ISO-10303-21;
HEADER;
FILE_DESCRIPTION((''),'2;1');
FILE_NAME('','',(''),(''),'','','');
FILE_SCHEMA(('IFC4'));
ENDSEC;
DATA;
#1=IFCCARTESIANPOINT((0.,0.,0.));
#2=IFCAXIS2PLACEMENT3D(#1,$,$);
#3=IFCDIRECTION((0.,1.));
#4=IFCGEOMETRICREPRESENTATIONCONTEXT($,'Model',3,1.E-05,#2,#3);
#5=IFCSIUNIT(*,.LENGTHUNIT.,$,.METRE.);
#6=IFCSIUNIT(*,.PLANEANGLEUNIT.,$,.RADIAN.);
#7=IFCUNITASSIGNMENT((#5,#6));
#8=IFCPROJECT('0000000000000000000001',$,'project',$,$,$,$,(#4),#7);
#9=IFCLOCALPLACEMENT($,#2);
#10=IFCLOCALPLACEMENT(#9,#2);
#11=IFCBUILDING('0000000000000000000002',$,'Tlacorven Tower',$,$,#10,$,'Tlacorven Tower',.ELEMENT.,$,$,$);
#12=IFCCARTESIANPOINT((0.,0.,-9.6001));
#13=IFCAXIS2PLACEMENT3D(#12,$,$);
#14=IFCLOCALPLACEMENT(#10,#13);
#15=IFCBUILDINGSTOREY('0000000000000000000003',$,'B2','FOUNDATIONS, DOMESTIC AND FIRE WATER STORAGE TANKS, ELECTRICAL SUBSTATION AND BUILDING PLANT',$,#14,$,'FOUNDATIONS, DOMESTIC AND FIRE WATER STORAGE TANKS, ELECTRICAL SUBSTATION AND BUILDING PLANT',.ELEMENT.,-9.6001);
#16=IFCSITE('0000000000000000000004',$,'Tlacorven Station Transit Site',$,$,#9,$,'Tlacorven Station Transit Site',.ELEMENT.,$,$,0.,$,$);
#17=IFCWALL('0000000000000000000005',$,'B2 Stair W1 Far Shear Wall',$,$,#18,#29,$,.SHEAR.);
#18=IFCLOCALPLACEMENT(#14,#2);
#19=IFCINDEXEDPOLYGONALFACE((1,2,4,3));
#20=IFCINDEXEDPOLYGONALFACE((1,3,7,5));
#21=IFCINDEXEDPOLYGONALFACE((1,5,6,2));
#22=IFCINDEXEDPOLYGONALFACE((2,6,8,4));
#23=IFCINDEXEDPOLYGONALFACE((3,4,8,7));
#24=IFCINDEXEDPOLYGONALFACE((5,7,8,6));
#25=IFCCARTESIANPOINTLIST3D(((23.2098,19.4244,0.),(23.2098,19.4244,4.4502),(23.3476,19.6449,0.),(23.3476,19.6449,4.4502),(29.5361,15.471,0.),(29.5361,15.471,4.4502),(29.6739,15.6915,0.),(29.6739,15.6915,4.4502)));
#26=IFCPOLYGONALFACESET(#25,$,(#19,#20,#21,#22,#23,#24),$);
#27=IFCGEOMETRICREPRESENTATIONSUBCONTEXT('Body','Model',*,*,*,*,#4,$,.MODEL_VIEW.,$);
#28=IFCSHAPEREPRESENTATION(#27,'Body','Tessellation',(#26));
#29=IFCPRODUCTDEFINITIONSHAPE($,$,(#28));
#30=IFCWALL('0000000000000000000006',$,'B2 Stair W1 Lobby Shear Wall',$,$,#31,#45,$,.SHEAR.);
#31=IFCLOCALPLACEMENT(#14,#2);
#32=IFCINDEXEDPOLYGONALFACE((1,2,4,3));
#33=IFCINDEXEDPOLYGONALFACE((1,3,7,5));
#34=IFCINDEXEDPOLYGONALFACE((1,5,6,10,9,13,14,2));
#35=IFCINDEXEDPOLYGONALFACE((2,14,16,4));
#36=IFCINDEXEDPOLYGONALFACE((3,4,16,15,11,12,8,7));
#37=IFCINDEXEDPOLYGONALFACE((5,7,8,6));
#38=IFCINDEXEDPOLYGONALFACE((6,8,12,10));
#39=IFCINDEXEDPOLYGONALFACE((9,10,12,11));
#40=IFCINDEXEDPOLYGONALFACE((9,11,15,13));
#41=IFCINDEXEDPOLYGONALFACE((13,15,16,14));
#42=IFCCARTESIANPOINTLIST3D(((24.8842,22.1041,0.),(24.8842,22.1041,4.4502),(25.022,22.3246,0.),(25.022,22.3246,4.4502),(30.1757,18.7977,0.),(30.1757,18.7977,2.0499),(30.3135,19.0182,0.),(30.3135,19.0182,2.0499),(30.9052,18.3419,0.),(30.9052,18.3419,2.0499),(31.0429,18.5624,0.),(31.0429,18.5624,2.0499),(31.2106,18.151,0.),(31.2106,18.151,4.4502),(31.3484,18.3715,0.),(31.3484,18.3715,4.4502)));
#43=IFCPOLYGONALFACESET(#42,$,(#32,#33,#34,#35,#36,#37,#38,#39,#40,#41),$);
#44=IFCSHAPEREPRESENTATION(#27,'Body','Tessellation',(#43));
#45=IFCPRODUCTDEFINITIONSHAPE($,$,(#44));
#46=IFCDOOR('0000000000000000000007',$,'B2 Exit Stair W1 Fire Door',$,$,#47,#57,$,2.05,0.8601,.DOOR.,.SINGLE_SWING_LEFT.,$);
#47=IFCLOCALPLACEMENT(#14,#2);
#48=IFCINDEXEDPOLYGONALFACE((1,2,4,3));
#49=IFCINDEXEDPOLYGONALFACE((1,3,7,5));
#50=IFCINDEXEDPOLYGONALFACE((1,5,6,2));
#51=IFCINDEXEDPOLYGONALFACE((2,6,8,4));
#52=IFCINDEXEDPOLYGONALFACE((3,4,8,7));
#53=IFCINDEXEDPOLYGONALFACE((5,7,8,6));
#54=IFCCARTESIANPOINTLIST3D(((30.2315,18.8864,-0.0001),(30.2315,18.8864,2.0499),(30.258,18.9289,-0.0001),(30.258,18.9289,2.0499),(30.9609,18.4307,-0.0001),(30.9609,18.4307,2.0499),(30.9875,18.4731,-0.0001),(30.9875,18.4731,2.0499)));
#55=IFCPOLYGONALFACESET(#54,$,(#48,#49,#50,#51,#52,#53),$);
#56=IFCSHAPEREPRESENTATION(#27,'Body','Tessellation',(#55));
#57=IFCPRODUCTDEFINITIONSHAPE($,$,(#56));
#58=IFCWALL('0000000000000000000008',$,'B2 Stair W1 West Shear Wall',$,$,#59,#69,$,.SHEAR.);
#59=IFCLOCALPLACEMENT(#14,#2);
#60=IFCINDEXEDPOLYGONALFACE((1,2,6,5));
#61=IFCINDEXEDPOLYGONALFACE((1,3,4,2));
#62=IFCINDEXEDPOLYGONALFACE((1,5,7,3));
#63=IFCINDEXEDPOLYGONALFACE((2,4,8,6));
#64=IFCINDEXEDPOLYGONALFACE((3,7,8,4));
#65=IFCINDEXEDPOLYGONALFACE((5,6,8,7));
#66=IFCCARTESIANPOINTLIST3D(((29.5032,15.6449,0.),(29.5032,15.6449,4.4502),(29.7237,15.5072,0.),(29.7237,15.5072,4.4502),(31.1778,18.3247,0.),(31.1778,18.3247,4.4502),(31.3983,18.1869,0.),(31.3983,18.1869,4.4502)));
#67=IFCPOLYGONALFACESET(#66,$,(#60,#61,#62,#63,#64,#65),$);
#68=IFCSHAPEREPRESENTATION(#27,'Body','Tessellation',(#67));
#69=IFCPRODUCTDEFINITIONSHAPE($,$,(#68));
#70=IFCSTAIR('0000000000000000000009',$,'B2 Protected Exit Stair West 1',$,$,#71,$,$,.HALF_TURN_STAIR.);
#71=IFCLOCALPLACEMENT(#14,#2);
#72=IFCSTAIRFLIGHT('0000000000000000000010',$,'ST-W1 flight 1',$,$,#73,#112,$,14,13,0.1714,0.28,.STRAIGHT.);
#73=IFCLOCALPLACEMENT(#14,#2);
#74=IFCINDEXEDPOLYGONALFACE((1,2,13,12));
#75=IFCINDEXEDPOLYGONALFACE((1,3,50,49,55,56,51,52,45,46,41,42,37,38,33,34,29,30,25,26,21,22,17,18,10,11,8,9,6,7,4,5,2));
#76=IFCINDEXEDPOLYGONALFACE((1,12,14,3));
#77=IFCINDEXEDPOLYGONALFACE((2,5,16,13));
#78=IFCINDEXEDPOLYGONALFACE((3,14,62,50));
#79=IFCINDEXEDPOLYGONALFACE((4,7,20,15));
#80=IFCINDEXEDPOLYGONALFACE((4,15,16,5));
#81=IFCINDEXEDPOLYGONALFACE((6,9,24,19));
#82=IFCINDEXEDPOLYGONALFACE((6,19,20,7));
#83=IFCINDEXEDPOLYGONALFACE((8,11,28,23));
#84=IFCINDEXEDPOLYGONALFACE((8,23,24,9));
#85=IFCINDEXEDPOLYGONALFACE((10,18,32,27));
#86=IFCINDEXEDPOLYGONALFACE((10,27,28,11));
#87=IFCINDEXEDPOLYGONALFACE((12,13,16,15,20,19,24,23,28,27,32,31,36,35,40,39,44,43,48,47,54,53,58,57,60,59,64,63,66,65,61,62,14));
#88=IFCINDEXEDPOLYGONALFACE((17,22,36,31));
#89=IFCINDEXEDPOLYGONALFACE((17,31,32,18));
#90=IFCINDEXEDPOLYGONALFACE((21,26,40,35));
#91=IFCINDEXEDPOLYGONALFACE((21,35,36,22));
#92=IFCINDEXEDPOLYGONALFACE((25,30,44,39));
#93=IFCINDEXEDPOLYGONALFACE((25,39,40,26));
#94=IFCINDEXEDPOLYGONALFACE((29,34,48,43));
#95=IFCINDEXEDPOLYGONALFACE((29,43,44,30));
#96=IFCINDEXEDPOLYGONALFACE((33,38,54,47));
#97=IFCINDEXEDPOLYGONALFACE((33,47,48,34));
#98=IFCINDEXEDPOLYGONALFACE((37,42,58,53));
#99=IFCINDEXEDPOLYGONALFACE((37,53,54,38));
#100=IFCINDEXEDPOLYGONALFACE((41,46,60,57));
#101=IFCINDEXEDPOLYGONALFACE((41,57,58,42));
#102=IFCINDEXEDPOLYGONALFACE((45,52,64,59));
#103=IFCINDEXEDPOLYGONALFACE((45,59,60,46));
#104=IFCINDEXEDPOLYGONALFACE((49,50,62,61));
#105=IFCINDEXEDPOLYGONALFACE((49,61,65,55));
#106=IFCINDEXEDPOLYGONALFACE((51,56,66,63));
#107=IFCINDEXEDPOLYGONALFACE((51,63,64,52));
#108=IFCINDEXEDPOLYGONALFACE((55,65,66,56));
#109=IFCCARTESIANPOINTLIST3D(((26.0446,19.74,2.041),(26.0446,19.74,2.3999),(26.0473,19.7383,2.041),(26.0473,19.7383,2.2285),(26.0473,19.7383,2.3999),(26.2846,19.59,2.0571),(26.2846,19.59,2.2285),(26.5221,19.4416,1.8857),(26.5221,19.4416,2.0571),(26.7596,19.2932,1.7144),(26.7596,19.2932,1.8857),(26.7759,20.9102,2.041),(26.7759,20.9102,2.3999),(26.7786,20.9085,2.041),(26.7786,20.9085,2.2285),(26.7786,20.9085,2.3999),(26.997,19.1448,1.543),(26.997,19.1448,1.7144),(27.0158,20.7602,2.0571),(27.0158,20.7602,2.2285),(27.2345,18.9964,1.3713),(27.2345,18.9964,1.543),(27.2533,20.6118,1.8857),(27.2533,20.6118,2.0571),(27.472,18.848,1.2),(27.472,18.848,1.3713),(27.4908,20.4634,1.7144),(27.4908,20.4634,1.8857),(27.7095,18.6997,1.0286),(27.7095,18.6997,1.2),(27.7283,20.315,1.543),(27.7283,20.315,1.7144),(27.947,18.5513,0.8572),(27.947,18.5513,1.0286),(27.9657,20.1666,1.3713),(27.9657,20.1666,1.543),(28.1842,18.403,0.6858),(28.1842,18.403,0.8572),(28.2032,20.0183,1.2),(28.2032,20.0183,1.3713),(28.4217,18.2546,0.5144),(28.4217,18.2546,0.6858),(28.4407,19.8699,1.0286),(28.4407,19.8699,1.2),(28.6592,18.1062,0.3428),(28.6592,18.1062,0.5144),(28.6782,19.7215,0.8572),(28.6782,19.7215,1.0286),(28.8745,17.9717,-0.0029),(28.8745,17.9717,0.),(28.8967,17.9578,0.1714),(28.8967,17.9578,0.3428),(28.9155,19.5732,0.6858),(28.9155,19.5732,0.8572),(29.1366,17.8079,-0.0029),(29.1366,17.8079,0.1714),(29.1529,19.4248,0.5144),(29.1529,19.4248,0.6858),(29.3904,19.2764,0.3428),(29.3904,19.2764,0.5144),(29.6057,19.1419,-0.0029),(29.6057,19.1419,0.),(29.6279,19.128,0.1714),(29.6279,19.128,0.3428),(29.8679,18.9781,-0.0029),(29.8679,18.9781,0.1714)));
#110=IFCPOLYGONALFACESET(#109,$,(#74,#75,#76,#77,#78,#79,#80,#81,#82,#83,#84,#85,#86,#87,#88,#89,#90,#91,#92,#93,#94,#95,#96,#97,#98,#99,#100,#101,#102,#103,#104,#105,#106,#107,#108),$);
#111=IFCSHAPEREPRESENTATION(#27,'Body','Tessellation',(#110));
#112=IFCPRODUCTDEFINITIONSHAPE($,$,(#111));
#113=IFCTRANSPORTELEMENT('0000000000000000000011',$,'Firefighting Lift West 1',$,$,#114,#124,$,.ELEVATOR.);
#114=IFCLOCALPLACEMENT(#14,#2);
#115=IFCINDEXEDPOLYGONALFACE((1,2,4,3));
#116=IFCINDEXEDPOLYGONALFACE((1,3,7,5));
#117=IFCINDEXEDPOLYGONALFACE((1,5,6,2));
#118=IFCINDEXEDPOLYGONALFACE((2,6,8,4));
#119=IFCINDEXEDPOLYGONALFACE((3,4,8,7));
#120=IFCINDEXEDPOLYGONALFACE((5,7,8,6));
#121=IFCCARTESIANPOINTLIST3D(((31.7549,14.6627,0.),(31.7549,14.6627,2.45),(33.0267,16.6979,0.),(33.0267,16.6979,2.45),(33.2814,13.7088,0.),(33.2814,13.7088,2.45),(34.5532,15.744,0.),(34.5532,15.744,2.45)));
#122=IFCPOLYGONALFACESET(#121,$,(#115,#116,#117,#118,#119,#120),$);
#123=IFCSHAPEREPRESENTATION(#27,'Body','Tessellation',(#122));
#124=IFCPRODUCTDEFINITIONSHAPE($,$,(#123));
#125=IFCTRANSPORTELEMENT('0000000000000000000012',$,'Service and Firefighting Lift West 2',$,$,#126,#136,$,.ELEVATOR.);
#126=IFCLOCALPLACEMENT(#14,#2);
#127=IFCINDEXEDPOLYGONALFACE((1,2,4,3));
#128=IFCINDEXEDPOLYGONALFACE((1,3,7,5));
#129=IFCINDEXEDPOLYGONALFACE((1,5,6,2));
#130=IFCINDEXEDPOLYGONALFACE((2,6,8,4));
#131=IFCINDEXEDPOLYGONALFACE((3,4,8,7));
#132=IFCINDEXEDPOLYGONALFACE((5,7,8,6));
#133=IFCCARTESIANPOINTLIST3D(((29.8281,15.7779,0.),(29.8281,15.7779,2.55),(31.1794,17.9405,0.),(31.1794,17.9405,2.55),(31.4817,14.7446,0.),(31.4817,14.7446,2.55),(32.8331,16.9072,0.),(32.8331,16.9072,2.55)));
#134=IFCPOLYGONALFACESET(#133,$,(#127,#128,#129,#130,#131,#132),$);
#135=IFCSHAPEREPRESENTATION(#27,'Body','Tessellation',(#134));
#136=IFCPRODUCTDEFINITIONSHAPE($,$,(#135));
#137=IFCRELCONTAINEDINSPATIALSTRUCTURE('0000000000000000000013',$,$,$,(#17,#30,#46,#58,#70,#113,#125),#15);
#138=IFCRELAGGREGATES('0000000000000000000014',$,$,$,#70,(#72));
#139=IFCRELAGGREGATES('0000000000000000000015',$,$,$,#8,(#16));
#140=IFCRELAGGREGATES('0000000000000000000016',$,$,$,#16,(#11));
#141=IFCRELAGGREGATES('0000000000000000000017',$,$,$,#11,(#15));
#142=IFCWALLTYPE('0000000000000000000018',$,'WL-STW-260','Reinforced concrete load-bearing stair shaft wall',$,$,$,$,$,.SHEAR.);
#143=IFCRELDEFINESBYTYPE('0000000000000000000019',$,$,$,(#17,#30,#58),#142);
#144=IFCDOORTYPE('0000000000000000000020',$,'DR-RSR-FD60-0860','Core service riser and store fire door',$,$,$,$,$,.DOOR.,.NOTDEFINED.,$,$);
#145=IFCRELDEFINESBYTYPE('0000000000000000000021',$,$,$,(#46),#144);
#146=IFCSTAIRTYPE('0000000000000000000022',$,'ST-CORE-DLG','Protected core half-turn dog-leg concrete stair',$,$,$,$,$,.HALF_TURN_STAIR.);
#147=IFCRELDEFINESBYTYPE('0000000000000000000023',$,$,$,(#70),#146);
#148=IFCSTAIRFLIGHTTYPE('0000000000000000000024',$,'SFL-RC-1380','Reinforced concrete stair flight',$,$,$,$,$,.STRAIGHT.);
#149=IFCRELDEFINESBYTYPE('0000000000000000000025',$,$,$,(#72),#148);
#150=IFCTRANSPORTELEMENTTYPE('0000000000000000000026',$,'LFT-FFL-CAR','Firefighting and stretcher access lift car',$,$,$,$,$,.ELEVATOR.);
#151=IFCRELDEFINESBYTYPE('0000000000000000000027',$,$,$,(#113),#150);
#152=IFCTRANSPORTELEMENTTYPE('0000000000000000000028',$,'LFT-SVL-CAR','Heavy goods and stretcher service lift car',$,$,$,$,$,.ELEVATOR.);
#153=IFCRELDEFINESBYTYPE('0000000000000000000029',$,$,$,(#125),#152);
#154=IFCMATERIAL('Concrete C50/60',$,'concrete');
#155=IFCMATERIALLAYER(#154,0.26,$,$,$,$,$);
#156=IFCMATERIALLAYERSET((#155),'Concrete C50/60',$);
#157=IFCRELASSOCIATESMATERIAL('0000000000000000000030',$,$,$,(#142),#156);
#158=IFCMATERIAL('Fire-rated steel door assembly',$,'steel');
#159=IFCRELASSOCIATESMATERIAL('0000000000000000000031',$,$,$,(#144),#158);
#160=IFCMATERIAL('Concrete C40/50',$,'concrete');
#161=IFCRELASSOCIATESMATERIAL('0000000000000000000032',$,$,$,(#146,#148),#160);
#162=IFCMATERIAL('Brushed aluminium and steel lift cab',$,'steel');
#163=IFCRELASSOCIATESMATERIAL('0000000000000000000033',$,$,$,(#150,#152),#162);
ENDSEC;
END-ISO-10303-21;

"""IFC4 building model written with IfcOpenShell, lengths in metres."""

from ifc_helpers import new_model, si_unit, direction, frame, frame_2d, origin, origin_2d, place, context, subcontext, project, spatial, polyline, rectangle, outline, extrude, source, transform, mapped, material, layer, layer_set, type_object, element, fill, aggregate, save


model = new_model("IFC4")

# Units and contexts
model_context = context("Model", 3, precision=1e-05, world=origin(), true_north=direction((0.0, 1.0)))
body_context = subcontext(model_context, "Body", "Model", "MODEL_VIEW")
ifc_project = project(units=[si_unit("LENGTHUNIT", "METRE"), si_unit("PLANEANGLEUNIT", "RADIAN")], contexts=[model_context])

# Site, building, storey
site_placement = place(None, origin())
site = spatial("IfcSite", under=ifc_project, at=site_placement, Name="Tlacorven Station Transit Site", LongName="Tlacorven Station Transit Site", CompositionType="ELEMENT", RefElevation=0.0)
building_placement = place(site_placement, origin())
building = spatial("IfcBuilding", under=site, at=building_placement, Name="Tlacorven Tower", LongName="Tlacorven Tower", CompositionType="ELEMENT")
storey_placement = place(building_placement, frame((0.0, 0.0, -9.6001)))
storey = spatial("IfcBuildingStorey", under=building, at=storey_placement, Name="B2", Description="FOUNDATIONS, DOMESTIC AND FIRE WATER STORAGE TANKS, ELECTRICAL SUBSTATION AND BUILDING PLANT", LongName="FOUNDATIONS, DOMESTIC AND FIRE WATER STORAGE TANKS, ELECTRICAL SUBSTATION AND BUILDING PLANT", CompositionType="ELEMENT", Elevation=-9.6001)

# Shared definitions
ifc_material_1 = material(Name="Concrete C50/60", Category="concrete")

# Shared definitions
ifc_material_2 = material(Name="Concrete C40/50", Category="concrete")
ifc_material_3 = material(Name="Fire-rated steel door assembly", Category="steel")

# Wall
ifc_layer_1 = layer(ifc_material_1, 0.26)
ifc_layer_set_1 = layer_set([ifc_layer_1], Name="Concrete C50/60")
wall_type_1 = type_object("IfcWallType", Name="WL-STW-260", Description="Reinforced concrete load-bearing stair shaft wall", PredefinedType="SHEAR", material=ifc_layer_set_1)
wall_1_placement = place(storey_placement, frame((29.605, 15.5813, 0.0), z_axis=(0.0, 0.0, 1.0), x_axis=(-0.848037, 0.529937, 0.0)))
element("IfcWall", 1, at=wall_1_placement, inside=storey, type_object=wall_type_1, Name="B2 Stair W1 Far Shear Wall", PredefinedType="SHEAR", context=body_context, shape_type="SweptSolid", body=[
    extrude(rectangle(XDim=7.46, YDim=0.26, at=frame_2d((3.73, 0.0))), origin(), (0.0, 0.0, 1.0), 4.4502),
])

# Wall, opening, door
wall_2_placement = place(storey_placement, frame((31.2795, 18.2612, 0.0), z_axis=(0.0, 0.0, 1.0), x_axis=(-0.848052, 0.529914, 0.0)))
wall_2 = element("IfcWall", 2, at=wall_2_placement, inside=storey, type_object=wall_type_1, Name="B2 Stair W1 Lobby Shear Wall", PredefinedType="SHEAR", context=body_context, shape_type="SweptSolid", body=[
    extrude(rectangle(XDim=7.46, YDim=0.26, at=frame_2d((3.73, 0.0))), origin(), (0.0, 0.0, 1.0), 4.4502),
])
opening_1_placement = place(wall_2_placement, frame((0.3601, 0.0, 0.0)))
opening_1 = element("IfcOpeningElement", 3, at=opening_1_placement, cuts=wall_2, PredefinedType="OPENING", context=body_context, shape_type="SweptSolid", body=[
    extrude(rectangle(XDim=0.8601, YDim=2.05, at=frame_2d((0.4302, 1.0249))), frame((0.0, 0.1401, 0.0), z_axis=(0.0, -1.0, 0.0), x_axis=(1.0, 0.0, 0.0)), (0.0, 0.0, 1.0), 0.28),
])
door_type_1 = type_object("IfcDoorType", Name="DR-RSR-FD60-0860", Description="Core service riser and store fire door", OperationType="NOTDEFINED", PredefinedType="DOOR", material=ifc_material_3)
shared_shape_1 = source(origin(), body_context, "Body", "SweptSolid", [
    extrude(rectangle(XDim=0.8601, YDim=2.05, at=frame_2d((0.4302, 1.0249))), frame((0.0, 0.0249, 0.0), z_axis=(0.0, -1.0, 0.0), x_axis=(1.0, 0.0, 0.0)), (0.0, 0.0, 1.0), 0.05),
])
door_1_placement = place(opening_1_placement, frame((0.8601, 0.0, 0.0), z_axis=(0.0, 0.0, 1.0), x_axis=(-1.0, 0.0, 0.0)))
door_1 = element("IfcDoor", 4, at=door_1_placement, inside=storey, type_object=door_type_1, Name="B2 Exit Stair W1 Fire Door", OperationType="SINGLE_SWING_LEFT", OverallHeight=2.05, OverallWidth=0.8601, PredefinedType="DOOR", context=body_context, shape_type="MappedRepresentation", body=[
    mapped(shared_shape_1, transform((0.0, 0.0, 0.0), scale=1.0)),
])
fill(opening_1, door_1)

# Wall
wall_3_placement = place(storey_placement, frame((31.2881, 18.2559, 0.0), z_axis=(0.0, 0.0, 1.0), x_axis=(-0.529943, -0.848033, 0.0)))
element("IfcWall", 5, at=wall_3_placement, inside=storey, type_object=wall_type_1, Name="B2 Stair W1 West Shear Wall", PredefinedType="SHEAR", context=body_context, shape_type="SweptSolid", body=[
    extrude(rectangle(XDim=3.1599, YDim=0.26, at=frame_2d((1.5801, 0.0))), origin(), (0.0, 0.0, 1.0), 4.4502),
])

# Stair, stair flight
stair_type = type_object("IfcStairType", Name="ST-CORE-DLG", Description="Protected core half-turn dog-leg concrete stair", PredefinedType="HALF_TURN_STAIR", material=ifc_material_2)
stair_placement = place(storey_placement, origin())
stair = element("IfcStair", 6, at=stair_placement, inside=storey, type_object=stair_type, Name="B2 Protected Exit Stair West 1", PredefinedType="HALF_TURN_STAIR")
stair_flight_type = type_object("IfcStairFlightType", Name="SFL-RC-1380", Description="Reinforced concrete stair flight", PredefinedType="STRAIGHT", material=ifc_material_2)
shared_shape_2 = source(origin(), body_context, "Body", "SweptSolid", [
    extrude(outline(polyline([(-0.0029, -0.0029), (-0.0029, 0.1714), (0.28, 0.1714), (0.28, 0.3428), (0.5601, 0.3428), (0.5601, 0.5144), (0.8401, 0.5144), (0.8401, 0.6858), (1.1201, 0.6858), (1.1201, 0.8572), (1.3999, 0.8572), (1.3999, 1.0286), (1.6799, 1.0286), (1.6799, 1.2), (1.96, 1.2), (1.96, 1.3713), (2.24, 1.3713), (2.24, 1.543), (2.52, 1.543), (2.52, 1.7144), (2.8, 1.7144), (2.8, 1.8857), (3.0801, 1.8857), (3.0801, 2.0571), (3.3601, 2.0571), (3.3601, 2.2285), (3.6399, 2.2285), (3.6399, 2.3999), (3.6431, 2.3999), (3.6431, 2.041), (3.6399, 2.041), (0.3062, 0.0), (0.3062, -0.0029), (-0.0029, -0.0029)])), frame((0.0, 0.6899, 0.0), z_axis=(0.0, -1.0, 0.0), x_axis=(1.0, 0.0, 0.0)), (0.0, 0.0, 1.0), 1.3799),
])
stair_flight_placement = place(storey_placement, frame((29.4998, 18.3945, 0.0), z_axis=(0.0, 0.0, 1.0), x_axis=(-0.848048, 0.529919, 0.0)))
stair_flight = element("IfcStairFlight", 7, at=stair_flight_placement, type_object=stair_flight_type, Name="ST-W1 flight 1", NumberOfRisers=14, NumberOfTreads=13, PredefinedType="STRAIGHT", RiserHeight=0.1714, TreadLength=0.28, context=body_context, shape_type="MappedRepresentation", body=[
    mapped(shared_shape_2, transform((0.0, 0.0, 0.0), scale=1.0)),
])
aggregate(stair, [stair_flight])

# Transport elements
ifc_material_4 = material(Name="Brushed aluminium and steel lift cab", Category="steel")
transport_element_type_1 = type_object("IfcTransportElementType", Name="LFT-FFL-CAR", Description="Firefighting and stretcher access lift car", PredefinedType="ELEVATOR", material=ifc_material_4)
shared_shape_3 = source(origin(), body_context, "Body", "SweptSolid", [
    extrude(rectangle(XDim=1.8, YDim=2.3999, at=origin_2d()), origin(), (0.0, 0.0, 1.0), 2.45),
])
transport_element_1_placement = place(storey_placement, frame((33.1541, 15.2034, 0.0), z_axis=(0.0, 0.0, 1.0), x_axis=(-0.848048, 0.529919, 0.0)))
element("IfcTransportElement", 8, at=transport_element_1_placement, inside=storey, type_object=transport_element_type_1, Name="Firefighting Lift West 1", PredefinedType="ELEVATOR", context=body_context, shape_type="MappedRepresentation", body=[
    mapped(shared_shape_3, transform((0.0, 0.0, 0.0), scale=1.0)),
])
transport_element_type_2 = type_object("IfcTransportElementType", Name="LFT-SVL-CAR", Description="Heavy goods and stretcher service lift car", PredefinedType="ELEVATOR", material=ifc_material_4)
shared_shape_4 = source(origin(), body_context, "Body", "SweptSolid", [
    extrude(rectangle(XDim=1.95, YDim=2.55, at=origin_2d()), origin(), (0.0, 0.0, 1.0), 2.55),
])
transport_element_2_placement = place(storey_placement, frame((31.3306, 16.3425, 0.0), z_axis=(0.0, 0.0, 1.0), x_axis=(-0.848048, 0.529919, 0.0)))
element("IfcTransportElement", 9, at=transport_element_2_placement, inside=storey, type_object=transport_element_type_2, Name="Service and Firefighting Lift West 2", PredefinedType="ELEVATOR", context=body_context, shape_type="MappedRepresentation", body=[
    mapped(shared_shape_4, transform((0.0, 0.0, 0.0), scale=1.0)),
])

save(model, "model.ifc")
